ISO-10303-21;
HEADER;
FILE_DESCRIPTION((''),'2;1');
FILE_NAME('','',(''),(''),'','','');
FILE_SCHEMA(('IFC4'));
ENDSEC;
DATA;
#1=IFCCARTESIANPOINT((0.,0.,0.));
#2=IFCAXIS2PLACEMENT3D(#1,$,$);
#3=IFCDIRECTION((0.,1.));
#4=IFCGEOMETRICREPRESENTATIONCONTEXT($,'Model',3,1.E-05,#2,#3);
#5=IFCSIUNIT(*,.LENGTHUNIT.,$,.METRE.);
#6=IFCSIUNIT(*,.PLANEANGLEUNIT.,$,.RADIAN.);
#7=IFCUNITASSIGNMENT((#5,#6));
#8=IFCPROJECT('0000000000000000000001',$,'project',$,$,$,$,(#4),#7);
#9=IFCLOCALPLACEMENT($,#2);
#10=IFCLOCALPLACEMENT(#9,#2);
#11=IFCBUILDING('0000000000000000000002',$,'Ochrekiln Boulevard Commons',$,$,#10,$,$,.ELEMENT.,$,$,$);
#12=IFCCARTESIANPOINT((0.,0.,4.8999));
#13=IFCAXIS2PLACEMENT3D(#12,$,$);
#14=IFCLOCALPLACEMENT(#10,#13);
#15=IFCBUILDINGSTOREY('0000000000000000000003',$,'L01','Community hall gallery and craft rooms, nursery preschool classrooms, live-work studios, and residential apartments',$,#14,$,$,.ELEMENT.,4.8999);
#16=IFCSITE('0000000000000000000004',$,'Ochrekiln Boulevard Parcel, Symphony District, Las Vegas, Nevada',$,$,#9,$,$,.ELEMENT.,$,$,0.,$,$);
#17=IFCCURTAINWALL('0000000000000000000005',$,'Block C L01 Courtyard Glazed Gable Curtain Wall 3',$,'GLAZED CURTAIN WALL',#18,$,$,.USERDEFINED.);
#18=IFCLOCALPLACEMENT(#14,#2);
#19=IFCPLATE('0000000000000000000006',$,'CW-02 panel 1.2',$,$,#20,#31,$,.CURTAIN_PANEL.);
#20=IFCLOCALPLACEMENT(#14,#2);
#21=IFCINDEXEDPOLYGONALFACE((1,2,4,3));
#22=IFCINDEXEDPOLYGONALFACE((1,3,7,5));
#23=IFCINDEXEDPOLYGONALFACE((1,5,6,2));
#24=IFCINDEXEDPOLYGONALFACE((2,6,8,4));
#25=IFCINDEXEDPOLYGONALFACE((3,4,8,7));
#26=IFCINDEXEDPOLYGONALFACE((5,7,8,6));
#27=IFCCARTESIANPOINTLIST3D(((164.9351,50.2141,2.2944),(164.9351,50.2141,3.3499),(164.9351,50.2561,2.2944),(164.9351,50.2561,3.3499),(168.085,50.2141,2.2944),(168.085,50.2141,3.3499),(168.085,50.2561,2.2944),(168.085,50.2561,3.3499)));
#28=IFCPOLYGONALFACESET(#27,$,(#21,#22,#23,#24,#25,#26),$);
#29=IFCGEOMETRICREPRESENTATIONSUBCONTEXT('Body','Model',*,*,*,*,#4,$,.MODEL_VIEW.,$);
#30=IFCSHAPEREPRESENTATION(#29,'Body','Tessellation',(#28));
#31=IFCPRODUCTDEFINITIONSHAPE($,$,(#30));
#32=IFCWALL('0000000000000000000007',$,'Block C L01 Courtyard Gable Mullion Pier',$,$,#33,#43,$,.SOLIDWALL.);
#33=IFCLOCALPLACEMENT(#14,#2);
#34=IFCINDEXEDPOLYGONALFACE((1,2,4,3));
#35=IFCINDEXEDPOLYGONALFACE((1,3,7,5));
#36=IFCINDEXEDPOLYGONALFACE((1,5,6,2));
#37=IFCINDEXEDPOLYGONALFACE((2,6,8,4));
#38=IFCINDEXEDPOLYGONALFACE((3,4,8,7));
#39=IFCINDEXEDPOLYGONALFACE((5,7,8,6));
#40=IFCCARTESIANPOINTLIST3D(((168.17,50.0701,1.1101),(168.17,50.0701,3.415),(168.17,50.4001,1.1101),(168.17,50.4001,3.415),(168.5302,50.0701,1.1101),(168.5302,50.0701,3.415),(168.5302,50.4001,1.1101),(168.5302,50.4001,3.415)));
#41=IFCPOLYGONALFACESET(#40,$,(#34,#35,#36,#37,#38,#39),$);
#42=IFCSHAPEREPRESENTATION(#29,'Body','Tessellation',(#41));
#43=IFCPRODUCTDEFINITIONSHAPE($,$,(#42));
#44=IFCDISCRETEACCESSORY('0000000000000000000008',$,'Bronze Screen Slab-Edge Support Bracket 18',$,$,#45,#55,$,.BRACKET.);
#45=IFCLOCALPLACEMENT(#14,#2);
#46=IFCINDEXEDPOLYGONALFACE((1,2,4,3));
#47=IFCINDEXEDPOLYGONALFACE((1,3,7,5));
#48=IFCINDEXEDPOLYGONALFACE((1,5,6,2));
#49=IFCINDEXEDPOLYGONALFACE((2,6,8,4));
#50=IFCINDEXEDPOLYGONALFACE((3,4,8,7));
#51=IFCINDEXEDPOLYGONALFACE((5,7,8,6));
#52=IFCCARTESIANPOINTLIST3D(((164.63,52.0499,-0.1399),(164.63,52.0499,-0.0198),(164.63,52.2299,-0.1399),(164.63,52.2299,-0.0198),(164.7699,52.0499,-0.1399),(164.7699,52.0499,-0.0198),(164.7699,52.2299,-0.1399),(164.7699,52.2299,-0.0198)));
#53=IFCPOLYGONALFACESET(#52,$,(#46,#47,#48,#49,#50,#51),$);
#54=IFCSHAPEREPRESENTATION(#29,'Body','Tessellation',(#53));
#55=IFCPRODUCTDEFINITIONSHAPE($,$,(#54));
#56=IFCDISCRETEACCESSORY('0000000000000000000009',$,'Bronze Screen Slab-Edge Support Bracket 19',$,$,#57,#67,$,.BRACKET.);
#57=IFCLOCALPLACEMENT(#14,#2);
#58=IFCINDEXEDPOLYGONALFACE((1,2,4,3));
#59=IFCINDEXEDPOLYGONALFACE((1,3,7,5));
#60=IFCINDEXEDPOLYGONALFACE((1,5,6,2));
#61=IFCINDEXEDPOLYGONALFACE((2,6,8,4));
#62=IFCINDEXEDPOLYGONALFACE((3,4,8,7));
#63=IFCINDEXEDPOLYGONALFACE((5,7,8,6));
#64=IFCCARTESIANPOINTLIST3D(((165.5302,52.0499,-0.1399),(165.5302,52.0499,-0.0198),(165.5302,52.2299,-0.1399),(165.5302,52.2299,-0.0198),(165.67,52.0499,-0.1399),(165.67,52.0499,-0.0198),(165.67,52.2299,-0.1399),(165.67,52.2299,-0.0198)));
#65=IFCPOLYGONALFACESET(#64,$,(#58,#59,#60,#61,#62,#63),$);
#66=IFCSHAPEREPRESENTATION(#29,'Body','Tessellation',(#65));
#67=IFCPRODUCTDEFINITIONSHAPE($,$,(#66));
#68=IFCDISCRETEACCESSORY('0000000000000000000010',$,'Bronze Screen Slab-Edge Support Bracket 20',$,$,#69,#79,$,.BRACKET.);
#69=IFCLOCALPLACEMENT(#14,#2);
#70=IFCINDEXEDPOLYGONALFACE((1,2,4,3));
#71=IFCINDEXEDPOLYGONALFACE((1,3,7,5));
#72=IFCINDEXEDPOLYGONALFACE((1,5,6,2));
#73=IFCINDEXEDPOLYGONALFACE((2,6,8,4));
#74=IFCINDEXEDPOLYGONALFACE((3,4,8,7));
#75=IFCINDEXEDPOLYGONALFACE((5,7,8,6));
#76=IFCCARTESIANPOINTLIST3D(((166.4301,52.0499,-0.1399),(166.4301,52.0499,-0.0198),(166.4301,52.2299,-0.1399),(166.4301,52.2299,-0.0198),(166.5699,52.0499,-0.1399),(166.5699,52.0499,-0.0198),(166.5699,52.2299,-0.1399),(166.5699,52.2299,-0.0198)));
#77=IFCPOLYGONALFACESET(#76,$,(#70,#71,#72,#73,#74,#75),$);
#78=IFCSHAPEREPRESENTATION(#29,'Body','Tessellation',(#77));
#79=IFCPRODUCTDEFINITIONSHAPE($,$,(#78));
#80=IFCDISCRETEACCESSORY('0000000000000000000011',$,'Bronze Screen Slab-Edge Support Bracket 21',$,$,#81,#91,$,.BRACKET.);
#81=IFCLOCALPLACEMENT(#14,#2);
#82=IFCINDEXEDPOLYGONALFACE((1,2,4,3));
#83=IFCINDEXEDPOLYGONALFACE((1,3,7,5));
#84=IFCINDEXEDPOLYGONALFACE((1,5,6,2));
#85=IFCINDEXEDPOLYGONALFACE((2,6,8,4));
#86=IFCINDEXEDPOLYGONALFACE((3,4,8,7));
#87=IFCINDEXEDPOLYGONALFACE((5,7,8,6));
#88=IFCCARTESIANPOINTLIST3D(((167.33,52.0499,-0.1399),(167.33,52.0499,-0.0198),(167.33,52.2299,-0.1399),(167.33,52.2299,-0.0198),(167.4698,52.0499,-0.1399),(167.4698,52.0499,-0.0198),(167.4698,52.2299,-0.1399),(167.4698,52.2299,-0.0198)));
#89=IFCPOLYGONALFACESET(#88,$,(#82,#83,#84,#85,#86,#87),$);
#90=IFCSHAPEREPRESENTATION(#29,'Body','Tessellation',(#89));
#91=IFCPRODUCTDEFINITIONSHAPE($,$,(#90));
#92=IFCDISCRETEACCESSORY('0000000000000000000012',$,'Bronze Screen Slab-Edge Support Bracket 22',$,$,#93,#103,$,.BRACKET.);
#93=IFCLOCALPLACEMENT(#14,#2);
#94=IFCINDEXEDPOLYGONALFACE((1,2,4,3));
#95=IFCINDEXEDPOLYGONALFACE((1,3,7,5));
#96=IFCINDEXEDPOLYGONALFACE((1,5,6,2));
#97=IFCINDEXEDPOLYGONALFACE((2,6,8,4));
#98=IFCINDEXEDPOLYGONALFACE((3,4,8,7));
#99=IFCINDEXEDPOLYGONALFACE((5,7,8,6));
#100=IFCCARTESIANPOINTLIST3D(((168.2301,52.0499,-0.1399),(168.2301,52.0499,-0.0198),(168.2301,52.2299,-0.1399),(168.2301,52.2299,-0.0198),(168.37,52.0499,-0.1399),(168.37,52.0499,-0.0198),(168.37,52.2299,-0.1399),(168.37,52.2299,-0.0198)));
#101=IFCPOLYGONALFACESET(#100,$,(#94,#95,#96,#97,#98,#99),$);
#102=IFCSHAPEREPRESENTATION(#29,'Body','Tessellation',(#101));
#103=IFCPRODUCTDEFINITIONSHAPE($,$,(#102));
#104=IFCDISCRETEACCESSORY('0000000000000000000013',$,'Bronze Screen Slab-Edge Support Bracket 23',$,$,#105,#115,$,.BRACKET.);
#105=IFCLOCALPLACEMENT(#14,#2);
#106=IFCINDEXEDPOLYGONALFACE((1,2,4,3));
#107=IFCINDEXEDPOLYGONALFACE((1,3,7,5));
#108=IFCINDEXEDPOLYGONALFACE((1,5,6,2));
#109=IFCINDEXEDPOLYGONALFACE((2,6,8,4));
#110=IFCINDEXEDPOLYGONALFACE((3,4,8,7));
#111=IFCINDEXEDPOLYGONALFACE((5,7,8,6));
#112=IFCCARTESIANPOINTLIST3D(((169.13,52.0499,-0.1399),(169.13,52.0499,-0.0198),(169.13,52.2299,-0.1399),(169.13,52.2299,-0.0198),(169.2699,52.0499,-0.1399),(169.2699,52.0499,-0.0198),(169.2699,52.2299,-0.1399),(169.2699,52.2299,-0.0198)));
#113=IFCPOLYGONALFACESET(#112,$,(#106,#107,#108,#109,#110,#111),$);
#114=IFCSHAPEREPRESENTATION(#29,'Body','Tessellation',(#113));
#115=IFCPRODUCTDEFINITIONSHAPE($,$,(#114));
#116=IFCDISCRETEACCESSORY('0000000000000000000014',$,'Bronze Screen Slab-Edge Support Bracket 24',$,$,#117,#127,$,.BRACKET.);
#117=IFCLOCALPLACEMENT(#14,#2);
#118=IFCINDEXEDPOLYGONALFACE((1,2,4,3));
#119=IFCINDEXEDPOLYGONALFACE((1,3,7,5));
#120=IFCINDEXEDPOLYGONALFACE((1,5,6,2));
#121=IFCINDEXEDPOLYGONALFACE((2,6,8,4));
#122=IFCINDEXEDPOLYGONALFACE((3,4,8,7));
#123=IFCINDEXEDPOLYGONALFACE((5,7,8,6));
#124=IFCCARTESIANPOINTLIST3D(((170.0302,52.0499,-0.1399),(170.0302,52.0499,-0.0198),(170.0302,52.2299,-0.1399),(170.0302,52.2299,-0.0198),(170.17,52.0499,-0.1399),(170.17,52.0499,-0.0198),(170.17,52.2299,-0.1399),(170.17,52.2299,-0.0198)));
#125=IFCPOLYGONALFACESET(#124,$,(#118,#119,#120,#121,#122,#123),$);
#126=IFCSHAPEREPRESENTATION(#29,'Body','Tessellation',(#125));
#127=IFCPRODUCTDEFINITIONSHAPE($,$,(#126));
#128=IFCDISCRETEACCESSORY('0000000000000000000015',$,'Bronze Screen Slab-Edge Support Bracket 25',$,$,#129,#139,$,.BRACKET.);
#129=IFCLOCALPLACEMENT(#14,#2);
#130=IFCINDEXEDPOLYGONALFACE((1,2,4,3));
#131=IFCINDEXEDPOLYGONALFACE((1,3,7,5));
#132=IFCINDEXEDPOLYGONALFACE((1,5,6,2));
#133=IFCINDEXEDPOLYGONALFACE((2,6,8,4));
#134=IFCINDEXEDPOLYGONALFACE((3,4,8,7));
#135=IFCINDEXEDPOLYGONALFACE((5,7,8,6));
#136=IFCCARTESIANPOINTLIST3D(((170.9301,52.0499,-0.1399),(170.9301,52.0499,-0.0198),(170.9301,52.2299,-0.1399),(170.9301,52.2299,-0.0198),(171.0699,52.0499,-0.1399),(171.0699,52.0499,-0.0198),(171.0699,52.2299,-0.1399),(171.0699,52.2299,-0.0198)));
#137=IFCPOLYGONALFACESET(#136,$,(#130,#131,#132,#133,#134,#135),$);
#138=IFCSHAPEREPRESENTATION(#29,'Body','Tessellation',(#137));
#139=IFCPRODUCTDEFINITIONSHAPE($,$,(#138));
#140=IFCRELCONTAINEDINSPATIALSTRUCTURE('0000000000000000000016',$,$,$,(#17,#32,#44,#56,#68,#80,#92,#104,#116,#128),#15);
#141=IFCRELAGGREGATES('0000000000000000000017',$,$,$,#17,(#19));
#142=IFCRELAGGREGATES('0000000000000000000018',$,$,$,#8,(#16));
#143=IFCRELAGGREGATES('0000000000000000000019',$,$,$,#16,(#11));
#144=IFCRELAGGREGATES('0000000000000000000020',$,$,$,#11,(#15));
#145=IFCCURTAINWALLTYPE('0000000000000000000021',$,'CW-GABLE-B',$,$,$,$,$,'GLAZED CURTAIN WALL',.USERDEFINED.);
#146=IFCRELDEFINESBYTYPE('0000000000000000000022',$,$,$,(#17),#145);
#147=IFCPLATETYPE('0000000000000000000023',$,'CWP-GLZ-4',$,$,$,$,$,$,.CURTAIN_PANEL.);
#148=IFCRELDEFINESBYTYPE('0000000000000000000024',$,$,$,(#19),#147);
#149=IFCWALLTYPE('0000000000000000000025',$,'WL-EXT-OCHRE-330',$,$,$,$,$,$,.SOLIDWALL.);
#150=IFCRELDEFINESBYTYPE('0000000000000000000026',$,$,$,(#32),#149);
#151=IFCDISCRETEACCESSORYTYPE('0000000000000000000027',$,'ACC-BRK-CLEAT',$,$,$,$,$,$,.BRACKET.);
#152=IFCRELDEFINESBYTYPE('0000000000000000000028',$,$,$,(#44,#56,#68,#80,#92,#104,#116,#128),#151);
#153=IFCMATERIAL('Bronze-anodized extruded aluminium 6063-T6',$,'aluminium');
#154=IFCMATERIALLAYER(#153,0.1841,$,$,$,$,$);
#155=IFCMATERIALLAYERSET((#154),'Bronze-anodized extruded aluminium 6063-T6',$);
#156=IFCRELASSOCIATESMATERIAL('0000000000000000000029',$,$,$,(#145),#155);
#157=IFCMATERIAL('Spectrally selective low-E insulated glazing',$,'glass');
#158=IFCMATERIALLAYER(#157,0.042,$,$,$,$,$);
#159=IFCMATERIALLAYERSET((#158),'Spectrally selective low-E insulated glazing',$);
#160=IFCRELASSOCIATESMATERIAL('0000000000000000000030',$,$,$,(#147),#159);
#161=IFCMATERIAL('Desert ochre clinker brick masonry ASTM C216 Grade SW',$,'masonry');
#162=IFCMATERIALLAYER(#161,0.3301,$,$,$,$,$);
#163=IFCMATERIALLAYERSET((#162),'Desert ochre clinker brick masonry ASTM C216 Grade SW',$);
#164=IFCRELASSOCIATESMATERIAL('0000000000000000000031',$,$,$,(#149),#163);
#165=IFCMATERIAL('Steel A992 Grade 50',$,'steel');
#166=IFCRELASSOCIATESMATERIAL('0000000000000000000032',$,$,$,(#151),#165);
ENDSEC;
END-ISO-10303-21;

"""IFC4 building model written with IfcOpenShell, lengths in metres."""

from ifc_helpers import new_model, si_unit, direction, frame, frame_2d, origin, origin_2d, place, context, subcontext, project, spatial, rectangle, extrude, material, layer, layer_set, type_object, element, aggregate, save


model = new_model("IFC4")

# Units and contexts
model_context = context("Model", 3, precision=1e-05, world=origin(), true_north=direction((0.0, 1.0)))
body_context = subcontext(model_context, "Body", "Model", "MODEL_VIEW")
ifc_project = project(units=[si_unit("LENGTHUNIT", "METRE"), si_unit("PLANEANGLEUNIT", "RADIAN")], contexts=[model_context])

# Site, building, storey
site_placement = place(None, origin())
site = spatial("IfcSite", under=ifc_project, at=site_placement, Name="Ochrekiln Boulevard Parcel, Symphony District, Las Vegas, Nevada", CompositionType="ELEMENT", RefElevation=0.0)
building_placement = place(site_placement, origin())
building = spatial("IfcBuilding", under=site, at=building_placement, Name="Ochrekiln Boulevard Commons", CompositionType="ELEMENT")
storey_placement = place(building_placement, frame((0.0, 0.0, 4.8999)))
storey = spatial("IfcBuildingStorey", under=building, at=storey_placement, Name="L01", Description="Community hall gallery and craft rooms, nursery preschool classrooms, live-work studios, and residential apartments", CompositionType="ELEMENT", Elevation=4.8999)

# Curtain wall
ifc_material_1 = material(Name="Bronze-anodized extruded aluminium 6063-T6", Category="aluminium")
ifc_layer_1 = layer(ifc_material_1, 0.1841)
ifc_layer_set_1 = layer_set([ifc_layer_1], Name="Bronze-anodized extruded aluminium 6063-T6")
curtain_wall_type = type_object("IfcCurtainWallType", Name="CW-GABLE-B", ElementType="GLAZED CURTAIN WALL", PredefinedType="USERDEFINED", material=ifc_layer_set_1)
curtain_wall_1_placement = place(storey_placement, origin())
curtain_wall_1 = element("IfcCurtainWall", 1, at=curtain_wall_1_placement, inside=storey, type_object=curtain_wall_type, Name="Block C L01 Courtyard Glazed Gable Curtain Wall 3", ObjectType="GLAZED CURTAIN WALL", PredefinedType="USERDEFINED")

# Plate
ifc_material_2 = material(Name="Spectrally selective low-E insulated glazing", Category="glass")
ifc_layer_2 = layer(ifc_material_2, 0.042)
ifc_layer_set_2 = layer_set([ifc_layer_2], Name="Spectrally selective low-E insulated glazing")
plate_type_1 = type_object("IfcPlateType", Name="CWP-GLZ-4", PredefinedType="CURTAIN_PANEL", material=ifc_layer_set_2)
plate_1_placement = place(storey_placement, frame((166.51, 50.2351, 2.2944), z_axis=(0.0, 0.0, 1.0), x_axis=(1.0, 0.0, 0.0)))
plate_1 = element("IfcPlate", 2, at=plate_1_placement, type_object=plate_type_1, Name="CW-02 panel 1.2", PredefinedType="CURTAIN_PANEL", context=body_context, shape_type="SweptSolid", body=[
    extrude(rectangle(XDim=3.1499, YDim=0.042, at=origin_2d()), origin(), (0.0, 0.0, 1.0), 1.0554),
])
aggregate(curtain_wall_1, [plate_1])

# Wall
ifc_material_3 = material(Name="Desert ochre clinker brick masonry ASTM C216 Grade SW", Category="masonry")
ifc_layer_3 = layer(ifc_material_3, 0.3301)
ifc_layer_set_3 = layer_set([ifc_layer_3], Name="Desert ochre clinker brick masonry ASTM C216 Grade SW")
wall_type = type_object("IfcWallType", Name="WL-EXT-OCHRE-330", PredefinedType="SOLIDWALL", material=ifc_layer_set_3)
wall_placement = place(storey_placement, frame((168.1699, 50.2351, 1.1101), z_axis=(0.0, 0.0, 1.0), x_axis=(1.0, 0.0, 0.0)))
element("IfcWall", 3, at=wall_placement, inside=storey, type_object=wall_type, Name="Block C L01 Courtyard Gable Mullion Pier", PredefinedType="SOLIDWALL", context=body_context, shape_type="SweptSolid", body=[
    extrude(rectangle(XDim=0.3601, YDim=0.3301, at=frame_2d((0.1802, 0.0))), origin(), (0.0, 0.0, 1.0), 2.3049),
])

# Discrete accessories
ifc_material_4 = material(Name="Steel A992 Grade 50", Category="steel")
discrete_accessory_type = type_object("IfcDiscreteAccessoryType", Name="ACC-BRK-CLEAT", PredefinedType="BRACKET", material=ifc_material_4)
for number, where, z_axis, x_axis, name in (
    (4, (164.7, 52.1399, -0.1399), (0.0, 0.0, 1.0), (1.0, 0.0, 0.0), "Bronze Screen Slab-Edge Support Bracket 18"),
    (5, (165.6001, 52.1399, -0.1399), (0.0, 0.0, 1.0), (1.0, 0.0, 0.0), "Bronze Screen Slab-Edge Support Bracket 19"),
    (6, (166.5, 52.1399, -0.1399), (0.0, 0.0, 1.0), (1.0, 0.0, 0.0), "Bronze Screen Slab-Edge Support Bracket 20"),
    (7, (167.3999, 52.1399, -0.1399), (0.0, 0.0, 1.0), (1.0, 0.0, 0.0), "Bronze Screen Slab-Edge Support Bracket 21"),
    (8, (168.3, 52.1399, -0.1399), (0.0, 0.0, 1.0), (1.0, 0.0, 0.0), "Bronze Screen Slab-Edge Support Bracket 22"),
    (9, (169.2, 52.1399, -0.1399), (0.0, 0.0, 1.0), (1.0, 0.0, 0.0), "Bronze Screen Slab-Edge Support Bracket 23"),
    (10, (170.1001, 52.1399, -0.1399), (0.0, 0.0, 1.0), (1.0, 0.0, 0.0), "Bronze Screen Slab-Edge Support Bracket 24"),
    (11, (171.0, 52.1399, -0.1399), (0.0, 0.0, 1.0), (1.0, 0.0, 0.0), "Bronze Screen Slab-Edge Support Bracket 25"),
):
    element("IfcDiscreteAccessory", number, at=place(storey_placement, frame(where, z_axis=z_axis, x_axis=x_axis)), inside=storey, type_object=discrete_accessory_type, Name=name, PredefinedType="BRACKET", context=body_context, shape_type="SweptSolid", body=[
        extrude(rectangle(XDim=0.1399, YDim=0.1799, at=origin_2d()), origin(), (0.0, 0.0, 1.0), 0.1201),
    ])

save(model, "model.ifc")
